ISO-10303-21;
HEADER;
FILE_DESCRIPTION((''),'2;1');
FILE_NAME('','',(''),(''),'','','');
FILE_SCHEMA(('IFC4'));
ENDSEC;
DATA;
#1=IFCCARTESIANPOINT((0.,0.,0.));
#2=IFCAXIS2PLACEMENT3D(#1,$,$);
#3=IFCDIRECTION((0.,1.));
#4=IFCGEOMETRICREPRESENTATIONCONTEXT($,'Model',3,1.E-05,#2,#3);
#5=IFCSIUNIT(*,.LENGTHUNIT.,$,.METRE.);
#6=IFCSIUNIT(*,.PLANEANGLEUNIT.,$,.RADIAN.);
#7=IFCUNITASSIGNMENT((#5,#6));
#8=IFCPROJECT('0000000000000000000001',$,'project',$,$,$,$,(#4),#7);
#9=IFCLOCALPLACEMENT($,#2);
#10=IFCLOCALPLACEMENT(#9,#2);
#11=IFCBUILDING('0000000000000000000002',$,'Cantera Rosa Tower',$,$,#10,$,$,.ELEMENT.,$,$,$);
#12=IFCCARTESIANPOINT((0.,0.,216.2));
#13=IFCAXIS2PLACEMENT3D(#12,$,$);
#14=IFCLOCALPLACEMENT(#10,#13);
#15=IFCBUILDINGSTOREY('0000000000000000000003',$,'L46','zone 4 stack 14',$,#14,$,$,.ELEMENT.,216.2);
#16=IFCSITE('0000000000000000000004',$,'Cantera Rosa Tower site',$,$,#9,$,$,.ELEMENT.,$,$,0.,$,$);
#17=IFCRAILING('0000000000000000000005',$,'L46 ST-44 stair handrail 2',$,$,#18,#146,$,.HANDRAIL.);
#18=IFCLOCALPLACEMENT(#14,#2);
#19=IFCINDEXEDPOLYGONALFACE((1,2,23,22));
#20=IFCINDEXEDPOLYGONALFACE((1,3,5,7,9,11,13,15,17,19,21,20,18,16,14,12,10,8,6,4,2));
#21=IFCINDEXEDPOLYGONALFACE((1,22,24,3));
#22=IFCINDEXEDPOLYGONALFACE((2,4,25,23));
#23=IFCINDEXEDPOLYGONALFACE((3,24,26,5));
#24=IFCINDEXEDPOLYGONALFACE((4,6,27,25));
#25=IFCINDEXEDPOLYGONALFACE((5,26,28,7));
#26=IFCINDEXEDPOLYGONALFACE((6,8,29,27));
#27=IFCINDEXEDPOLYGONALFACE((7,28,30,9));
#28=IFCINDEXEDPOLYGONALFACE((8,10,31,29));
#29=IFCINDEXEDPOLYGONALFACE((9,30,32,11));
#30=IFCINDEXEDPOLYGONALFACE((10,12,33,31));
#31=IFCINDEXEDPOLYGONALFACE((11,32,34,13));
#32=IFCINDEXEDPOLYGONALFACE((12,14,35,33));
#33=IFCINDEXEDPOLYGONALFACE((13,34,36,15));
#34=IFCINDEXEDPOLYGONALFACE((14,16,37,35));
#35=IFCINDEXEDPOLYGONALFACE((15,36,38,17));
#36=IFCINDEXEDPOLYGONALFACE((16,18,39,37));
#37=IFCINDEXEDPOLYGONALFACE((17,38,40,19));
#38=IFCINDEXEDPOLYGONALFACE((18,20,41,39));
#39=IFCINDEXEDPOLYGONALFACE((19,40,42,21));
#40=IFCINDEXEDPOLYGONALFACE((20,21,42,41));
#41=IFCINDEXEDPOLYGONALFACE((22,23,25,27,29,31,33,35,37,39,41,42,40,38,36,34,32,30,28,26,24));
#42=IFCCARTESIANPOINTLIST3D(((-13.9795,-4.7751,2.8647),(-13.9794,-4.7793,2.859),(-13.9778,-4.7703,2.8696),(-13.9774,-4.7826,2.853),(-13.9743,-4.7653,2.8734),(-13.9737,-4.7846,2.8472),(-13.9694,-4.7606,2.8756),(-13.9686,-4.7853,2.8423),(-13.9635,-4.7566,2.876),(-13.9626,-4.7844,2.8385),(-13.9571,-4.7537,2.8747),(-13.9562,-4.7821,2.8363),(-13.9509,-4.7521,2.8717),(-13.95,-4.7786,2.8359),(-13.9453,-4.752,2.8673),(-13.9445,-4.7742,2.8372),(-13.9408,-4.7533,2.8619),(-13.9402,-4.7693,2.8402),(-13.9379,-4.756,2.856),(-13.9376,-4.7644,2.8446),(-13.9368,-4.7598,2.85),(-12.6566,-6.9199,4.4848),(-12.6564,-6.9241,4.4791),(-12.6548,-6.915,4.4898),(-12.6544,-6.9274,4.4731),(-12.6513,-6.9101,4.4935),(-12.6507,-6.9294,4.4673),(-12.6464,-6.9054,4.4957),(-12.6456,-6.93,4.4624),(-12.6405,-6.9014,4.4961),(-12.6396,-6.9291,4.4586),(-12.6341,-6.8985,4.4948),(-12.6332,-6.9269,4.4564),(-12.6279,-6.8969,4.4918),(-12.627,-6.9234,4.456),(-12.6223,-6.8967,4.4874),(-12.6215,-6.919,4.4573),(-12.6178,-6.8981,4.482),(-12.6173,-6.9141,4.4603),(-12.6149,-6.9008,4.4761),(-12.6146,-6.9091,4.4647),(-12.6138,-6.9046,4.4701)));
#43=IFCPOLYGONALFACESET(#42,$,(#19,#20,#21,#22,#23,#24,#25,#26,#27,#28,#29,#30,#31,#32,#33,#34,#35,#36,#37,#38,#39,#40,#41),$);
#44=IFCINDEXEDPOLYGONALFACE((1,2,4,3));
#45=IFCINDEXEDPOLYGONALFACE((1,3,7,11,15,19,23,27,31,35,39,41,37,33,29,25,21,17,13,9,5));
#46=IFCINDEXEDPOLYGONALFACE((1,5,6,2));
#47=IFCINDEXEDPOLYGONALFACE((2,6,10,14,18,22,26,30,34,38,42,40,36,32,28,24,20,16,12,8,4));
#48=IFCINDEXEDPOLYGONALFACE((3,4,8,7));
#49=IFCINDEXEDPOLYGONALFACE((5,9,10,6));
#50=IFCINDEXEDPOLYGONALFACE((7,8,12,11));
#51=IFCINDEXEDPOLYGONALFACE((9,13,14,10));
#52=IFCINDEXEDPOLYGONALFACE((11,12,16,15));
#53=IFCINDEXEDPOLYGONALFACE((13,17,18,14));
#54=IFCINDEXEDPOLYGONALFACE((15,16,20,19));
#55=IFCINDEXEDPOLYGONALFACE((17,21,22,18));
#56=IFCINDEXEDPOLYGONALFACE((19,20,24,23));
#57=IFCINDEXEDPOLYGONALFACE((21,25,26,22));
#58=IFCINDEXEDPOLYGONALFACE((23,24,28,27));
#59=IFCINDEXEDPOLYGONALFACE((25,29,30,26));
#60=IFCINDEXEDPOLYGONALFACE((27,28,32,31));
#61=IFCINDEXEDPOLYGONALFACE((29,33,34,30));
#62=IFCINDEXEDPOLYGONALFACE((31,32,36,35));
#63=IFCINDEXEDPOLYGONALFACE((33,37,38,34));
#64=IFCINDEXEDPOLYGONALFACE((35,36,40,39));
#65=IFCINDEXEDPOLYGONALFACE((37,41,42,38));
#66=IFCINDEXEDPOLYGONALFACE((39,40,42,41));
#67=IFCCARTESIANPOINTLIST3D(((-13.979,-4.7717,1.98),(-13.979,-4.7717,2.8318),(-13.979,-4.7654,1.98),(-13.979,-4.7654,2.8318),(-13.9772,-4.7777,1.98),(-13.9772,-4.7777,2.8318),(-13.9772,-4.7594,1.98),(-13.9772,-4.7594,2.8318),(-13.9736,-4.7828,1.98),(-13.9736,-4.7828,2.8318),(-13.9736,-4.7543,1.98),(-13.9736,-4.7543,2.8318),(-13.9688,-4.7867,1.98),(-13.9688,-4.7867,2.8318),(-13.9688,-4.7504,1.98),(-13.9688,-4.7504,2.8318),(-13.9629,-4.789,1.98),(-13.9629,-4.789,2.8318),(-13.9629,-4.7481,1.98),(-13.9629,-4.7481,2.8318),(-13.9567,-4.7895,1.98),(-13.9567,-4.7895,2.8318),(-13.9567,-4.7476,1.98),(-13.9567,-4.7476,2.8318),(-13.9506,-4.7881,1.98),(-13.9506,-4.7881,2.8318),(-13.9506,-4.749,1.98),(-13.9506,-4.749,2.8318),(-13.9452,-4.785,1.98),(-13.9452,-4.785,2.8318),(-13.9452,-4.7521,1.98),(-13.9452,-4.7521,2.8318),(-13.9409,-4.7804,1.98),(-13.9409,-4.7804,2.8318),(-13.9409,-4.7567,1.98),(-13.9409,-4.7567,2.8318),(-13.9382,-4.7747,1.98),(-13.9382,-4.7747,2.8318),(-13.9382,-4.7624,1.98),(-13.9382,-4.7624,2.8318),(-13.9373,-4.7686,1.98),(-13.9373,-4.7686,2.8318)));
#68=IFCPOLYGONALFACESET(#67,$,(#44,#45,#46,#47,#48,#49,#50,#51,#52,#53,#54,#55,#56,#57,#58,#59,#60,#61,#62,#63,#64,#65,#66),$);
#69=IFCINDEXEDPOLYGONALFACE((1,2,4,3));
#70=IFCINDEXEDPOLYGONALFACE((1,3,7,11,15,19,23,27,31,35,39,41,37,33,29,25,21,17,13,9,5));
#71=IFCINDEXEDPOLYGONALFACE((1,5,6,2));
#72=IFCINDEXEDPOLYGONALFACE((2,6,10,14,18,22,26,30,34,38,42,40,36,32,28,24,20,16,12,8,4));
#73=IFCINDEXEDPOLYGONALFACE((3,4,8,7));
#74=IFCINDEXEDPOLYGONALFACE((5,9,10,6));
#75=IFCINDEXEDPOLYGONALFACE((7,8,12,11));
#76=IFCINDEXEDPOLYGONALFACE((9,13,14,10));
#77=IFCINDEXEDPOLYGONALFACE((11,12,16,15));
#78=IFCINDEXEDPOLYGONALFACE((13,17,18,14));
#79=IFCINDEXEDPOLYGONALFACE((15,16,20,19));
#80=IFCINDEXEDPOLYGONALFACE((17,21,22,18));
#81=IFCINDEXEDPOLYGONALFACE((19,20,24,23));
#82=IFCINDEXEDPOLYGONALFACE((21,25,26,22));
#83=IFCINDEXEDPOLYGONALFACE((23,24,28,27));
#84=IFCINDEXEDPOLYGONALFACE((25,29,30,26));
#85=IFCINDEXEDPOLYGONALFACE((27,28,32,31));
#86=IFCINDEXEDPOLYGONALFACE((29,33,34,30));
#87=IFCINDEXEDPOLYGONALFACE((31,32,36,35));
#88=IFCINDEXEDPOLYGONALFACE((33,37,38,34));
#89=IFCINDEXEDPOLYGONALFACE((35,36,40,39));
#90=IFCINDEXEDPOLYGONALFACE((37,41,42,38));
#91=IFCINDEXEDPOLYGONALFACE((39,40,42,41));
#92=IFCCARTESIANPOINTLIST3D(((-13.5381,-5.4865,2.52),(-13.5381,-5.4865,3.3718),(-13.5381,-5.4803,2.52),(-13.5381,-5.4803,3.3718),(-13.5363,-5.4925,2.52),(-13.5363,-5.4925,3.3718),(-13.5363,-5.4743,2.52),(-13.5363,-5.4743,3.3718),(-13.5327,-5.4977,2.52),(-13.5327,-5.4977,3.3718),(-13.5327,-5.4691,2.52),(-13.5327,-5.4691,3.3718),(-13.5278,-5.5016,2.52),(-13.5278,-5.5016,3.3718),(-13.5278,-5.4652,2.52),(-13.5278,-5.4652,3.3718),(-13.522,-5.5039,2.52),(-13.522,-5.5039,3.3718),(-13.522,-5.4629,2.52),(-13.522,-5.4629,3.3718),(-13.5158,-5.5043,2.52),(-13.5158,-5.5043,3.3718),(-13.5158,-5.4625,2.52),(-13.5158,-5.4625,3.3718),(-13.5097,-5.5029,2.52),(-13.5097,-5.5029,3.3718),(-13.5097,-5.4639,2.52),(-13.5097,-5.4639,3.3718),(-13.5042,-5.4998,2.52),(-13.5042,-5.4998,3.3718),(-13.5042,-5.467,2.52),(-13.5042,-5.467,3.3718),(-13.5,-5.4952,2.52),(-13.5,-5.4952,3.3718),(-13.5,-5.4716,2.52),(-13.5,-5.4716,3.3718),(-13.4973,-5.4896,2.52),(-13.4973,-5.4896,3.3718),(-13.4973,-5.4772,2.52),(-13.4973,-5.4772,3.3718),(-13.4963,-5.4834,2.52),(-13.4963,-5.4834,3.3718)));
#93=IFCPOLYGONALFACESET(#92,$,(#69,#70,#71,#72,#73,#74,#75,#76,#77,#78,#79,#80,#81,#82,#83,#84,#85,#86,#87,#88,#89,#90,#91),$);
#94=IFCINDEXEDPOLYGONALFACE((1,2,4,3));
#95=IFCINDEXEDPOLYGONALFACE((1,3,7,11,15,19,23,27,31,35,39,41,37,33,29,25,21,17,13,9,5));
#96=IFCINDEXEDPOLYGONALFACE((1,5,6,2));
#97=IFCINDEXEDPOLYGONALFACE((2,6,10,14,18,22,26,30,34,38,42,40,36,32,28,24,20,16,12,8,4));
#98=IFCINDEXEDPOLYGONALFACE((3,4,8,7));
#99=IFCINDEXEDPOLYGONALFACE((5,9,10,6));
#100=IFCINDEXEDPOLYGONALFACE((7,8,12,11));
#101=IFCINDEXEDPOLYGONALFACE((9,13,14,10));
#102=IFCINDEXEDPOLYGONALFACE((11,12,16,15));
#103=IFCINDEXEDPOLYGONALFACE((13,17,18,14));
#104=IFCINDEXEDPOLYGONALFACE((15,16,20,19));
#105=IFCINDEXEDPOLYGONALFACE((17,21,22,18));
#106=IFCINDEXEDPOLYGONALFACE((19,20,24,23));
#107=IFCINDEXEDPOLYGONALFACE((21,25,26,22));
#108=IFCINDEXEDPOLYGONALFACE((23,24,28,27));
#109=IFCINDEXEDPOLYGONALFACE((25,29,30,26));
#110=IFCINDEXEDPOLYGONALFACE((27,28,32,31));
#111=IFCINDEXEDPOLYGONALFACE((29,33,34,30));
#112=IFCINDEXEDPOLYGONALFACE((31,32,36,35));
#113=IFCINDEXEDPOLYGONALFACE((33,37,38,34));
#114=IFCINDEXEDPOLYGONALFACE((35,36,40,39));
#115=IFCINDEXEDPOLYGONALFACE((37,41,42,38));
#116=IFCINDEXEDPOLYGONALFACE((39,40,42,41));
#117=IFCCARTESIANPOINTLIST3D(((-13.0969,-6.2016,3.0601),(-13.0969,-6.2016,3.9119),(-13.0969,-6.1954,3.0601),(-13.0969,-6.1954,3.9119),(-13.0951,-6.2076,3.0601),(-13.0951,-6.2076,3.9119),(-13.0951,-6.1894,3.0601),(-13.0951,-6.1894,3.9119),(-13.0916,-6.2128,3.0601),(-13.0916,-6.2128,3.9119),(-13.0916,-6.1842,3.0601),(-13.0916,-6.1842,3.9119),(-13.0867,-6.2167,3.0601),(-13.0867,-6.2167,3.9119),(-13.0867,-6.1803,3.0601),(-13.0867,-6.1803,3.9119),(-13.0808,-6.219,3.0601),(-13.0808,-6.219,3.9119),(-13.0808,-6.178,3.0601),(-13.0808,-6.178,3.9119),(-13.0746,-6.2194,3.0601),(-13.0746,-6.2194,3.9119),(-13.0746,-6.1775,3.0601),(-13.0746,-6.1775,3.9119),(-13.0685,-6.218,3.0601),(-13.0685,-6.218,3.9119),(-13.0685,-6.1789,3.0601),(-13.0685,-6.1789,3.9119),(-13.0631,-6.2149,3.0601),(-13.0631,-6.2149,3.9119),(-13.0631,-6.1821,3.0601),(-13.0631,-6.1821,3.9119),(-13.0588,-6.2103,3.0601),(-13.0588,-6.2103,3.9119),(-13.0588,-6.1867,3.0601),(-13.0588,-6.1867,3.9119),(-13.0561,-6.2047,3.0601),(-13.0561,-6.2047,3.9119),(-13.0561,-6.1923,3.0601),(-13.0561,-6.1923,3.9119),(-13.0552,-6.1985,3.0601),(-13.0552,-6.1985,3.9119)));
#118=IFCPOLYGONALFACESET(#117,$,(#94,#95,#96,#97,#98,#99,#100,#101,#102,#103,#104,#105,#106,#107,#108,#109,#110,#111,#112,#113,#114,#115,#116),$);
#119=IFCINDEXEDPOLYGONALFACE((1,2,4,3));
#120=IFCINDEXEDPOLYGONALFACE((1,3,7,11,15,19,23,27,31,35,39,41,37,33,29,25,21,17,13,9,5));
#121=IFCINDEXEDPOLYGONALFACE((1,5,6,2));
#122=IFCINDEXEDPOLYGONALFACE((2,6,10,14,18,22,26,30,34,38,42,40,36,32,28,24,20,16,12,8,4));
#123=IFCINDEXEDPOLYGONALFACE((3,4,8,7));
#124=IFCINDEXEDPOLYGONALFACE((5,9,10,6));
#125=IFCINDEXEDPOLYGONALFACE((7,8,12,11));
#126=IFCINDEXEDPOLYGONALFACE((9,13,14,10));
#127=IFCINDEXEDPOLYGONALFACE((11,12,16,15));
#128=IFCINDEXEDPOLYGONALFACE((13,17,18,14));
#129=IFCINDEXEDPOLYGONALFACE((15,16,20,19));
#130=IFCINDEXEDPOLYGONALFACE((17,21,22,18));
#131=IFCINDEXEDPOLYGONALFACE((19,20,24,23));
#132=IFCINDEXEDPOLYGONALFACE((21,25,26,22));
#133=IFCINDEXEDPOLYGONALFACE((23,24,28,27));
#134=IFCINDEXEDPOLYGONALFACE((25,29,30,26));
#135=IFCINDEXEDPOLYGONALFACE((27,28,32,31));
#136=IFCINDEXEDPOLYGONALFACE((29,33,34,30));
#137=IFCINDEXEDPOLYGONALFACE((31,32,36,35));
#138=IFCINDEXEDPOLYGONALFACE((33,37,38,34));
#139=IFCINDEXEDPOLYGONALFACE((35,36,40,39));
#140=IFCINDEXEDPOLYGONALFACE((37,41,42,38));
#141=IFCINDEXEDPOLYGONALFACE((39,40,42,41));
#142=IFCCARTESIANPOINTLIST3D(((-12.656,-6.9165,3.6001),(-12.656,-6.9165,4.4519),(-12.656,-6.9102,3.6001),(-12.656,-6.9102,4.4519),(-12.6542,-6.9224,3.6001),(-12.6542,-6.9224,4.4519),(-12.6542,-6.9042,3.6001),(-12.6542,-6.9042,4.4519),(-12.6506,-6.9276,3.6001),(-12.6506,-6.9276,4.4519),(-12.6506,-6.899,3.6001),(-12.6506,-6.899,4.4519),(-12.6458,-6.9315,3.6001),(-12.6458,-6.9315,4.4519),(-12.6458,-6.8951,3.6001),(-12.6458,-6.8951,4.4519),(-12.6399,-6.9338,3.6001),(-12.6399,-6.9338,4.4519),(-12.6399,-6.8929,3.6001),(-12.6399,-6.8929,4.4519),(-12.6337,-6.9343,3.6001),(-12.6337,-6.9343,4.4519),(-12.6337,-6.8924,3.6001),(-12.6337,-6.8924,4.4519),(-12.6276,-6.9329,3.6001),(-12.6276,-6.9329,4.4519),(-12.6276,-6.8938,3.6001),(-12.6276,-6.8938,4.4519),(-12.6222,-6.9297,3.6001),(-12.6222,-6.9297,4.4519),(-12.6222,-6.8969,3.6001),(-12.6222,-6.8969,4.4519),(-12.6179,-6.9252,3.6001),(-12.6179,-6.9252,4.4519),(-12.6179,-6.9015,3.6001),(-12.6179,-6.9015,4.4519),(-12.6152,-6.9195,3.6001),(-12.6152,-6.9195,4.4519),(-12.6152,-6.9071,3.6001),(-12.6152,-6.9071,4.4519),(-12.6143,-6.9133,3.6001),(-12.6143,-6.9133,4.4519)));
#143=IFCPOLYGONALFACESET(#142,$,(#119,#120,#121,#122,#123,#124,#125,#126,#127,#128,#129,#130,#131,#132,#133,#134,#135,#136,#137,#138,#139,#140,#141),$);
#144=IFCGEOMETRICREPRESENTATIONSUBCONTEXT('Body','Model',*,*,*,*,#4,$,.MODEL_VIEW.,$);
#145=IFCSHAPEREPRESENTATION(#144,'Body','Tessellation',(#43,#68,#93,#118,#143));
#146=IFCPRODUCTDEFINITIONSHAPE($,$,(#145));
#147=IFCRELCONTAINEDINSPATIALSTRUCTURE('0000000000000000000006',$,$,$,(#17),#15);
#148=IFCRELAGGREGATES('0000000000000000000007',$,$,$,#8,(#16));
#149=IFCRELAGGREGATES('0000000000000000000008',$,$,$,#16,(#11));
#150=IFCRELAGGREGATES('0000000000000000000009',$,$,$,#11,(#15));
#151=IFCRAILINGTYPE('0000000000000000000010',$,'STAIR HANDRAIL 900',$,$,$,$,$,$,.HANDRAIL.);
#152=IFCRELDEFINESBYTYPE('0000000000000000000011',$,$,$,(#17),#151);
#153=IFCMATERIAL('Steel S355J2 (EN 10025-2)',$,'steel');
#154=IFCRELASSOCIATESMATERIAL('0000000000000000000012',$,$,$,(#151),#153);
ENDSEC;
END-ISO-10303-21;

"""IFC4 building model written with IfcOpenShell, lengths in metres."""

from ifc_helpers import new_model, si_unit, direction, frame, origin, origin_2d, place, context, subcontext, project, spatial, circle, extrude, material, type_object, element, save


model = new_model("IFC4")

# Units and contexts
model_context = context("Model", 3, precision=1e-05, world=origin(), true_north=direction((0.0, 1.0)))
body_context = subcontext(model_context, "Body", "Model", "MODEL_VIEW")
ifc_project = project(units=[si_unit("LENGTHUNIT", "METRE"), si_unit("PLANEANGLEUNIT", "RADIAN")], contexts=[model_context])

# Site, building, storey
site_placement = place(None, origin())
site = spatial("IfcSite", under=ifc_project, at=site_placement, Name="Cantera Rosa Tower site", CompositionType="ELEMENT", RefElevation=0.0)
building_placement = place(site_placement, origin())
building = spatial("IfcBuilding", under=site, at=building_placement, Name="Cantera Rosa Tower", CompositionType="ELEMENT")
storey_placement = place(building_placement, frame((0.0, 0.0, 216.2)))
storey = spatial("IfcBuildingStorey", under=building, at=storey_placement, Name="L46", Description="zone 4 stack 14", CompositionType="ELEMENT", Elevation=216.2)

# Railing
ifc_material_1 = material(Name="Steel S355J2 (EN 10025-2)", Category="steel")
railing_type_1 = type_object("IfcRailingType", Name="STAIR HANDRAIL 900", PredefinedType="HANDRAIL", material=ifc_material_1)
railing_1_placement = place(storey_placement, frame((-13.9583, -4.7686, 1.98)))
element("IfcRailing", 1, at=railing_1_placement, inside=storey, type_object=railing_type_1, Name="L46 ST-44 stair handrail 2", PredefinedType="HANDRAIL", context=body_context, shape_type="SweptSolid", body=[
    extrude(circle(Radius=0.0239, at=origin_2d()), frame((0.0, 0.0, 0.876), z_axis=(0.441609, -0.715914, 0.540786), x_axis=(0.851102, 0.525, 0.0)), (0.0, 0.0, 1.0), 2.9958),
    extrude(circle(Radius=0.021, at=origin_2d()), origin(), (0.0, 0.0, 1.0), 0.8518),
    extrude(circle(Radius=0.021, at=origin_2d()), frame((0.4409, -0.7148, 0.54)), (0.0, 0.0, 1.0), 0.8518),
    extrude(circle(Radius=0.021, at=origin_2d()), frame((0.8821, -1.4299, 1.0801)), (0.0, 0.0, 1.0), 0.8518),
    extrude(circle(Radius=0.021, at=origin_2d()), frame((1.323, -2.1448, 1.6201)), (0.0, 0.0, 1.0), 0.8518),
])

save(model, "model.ifc")
